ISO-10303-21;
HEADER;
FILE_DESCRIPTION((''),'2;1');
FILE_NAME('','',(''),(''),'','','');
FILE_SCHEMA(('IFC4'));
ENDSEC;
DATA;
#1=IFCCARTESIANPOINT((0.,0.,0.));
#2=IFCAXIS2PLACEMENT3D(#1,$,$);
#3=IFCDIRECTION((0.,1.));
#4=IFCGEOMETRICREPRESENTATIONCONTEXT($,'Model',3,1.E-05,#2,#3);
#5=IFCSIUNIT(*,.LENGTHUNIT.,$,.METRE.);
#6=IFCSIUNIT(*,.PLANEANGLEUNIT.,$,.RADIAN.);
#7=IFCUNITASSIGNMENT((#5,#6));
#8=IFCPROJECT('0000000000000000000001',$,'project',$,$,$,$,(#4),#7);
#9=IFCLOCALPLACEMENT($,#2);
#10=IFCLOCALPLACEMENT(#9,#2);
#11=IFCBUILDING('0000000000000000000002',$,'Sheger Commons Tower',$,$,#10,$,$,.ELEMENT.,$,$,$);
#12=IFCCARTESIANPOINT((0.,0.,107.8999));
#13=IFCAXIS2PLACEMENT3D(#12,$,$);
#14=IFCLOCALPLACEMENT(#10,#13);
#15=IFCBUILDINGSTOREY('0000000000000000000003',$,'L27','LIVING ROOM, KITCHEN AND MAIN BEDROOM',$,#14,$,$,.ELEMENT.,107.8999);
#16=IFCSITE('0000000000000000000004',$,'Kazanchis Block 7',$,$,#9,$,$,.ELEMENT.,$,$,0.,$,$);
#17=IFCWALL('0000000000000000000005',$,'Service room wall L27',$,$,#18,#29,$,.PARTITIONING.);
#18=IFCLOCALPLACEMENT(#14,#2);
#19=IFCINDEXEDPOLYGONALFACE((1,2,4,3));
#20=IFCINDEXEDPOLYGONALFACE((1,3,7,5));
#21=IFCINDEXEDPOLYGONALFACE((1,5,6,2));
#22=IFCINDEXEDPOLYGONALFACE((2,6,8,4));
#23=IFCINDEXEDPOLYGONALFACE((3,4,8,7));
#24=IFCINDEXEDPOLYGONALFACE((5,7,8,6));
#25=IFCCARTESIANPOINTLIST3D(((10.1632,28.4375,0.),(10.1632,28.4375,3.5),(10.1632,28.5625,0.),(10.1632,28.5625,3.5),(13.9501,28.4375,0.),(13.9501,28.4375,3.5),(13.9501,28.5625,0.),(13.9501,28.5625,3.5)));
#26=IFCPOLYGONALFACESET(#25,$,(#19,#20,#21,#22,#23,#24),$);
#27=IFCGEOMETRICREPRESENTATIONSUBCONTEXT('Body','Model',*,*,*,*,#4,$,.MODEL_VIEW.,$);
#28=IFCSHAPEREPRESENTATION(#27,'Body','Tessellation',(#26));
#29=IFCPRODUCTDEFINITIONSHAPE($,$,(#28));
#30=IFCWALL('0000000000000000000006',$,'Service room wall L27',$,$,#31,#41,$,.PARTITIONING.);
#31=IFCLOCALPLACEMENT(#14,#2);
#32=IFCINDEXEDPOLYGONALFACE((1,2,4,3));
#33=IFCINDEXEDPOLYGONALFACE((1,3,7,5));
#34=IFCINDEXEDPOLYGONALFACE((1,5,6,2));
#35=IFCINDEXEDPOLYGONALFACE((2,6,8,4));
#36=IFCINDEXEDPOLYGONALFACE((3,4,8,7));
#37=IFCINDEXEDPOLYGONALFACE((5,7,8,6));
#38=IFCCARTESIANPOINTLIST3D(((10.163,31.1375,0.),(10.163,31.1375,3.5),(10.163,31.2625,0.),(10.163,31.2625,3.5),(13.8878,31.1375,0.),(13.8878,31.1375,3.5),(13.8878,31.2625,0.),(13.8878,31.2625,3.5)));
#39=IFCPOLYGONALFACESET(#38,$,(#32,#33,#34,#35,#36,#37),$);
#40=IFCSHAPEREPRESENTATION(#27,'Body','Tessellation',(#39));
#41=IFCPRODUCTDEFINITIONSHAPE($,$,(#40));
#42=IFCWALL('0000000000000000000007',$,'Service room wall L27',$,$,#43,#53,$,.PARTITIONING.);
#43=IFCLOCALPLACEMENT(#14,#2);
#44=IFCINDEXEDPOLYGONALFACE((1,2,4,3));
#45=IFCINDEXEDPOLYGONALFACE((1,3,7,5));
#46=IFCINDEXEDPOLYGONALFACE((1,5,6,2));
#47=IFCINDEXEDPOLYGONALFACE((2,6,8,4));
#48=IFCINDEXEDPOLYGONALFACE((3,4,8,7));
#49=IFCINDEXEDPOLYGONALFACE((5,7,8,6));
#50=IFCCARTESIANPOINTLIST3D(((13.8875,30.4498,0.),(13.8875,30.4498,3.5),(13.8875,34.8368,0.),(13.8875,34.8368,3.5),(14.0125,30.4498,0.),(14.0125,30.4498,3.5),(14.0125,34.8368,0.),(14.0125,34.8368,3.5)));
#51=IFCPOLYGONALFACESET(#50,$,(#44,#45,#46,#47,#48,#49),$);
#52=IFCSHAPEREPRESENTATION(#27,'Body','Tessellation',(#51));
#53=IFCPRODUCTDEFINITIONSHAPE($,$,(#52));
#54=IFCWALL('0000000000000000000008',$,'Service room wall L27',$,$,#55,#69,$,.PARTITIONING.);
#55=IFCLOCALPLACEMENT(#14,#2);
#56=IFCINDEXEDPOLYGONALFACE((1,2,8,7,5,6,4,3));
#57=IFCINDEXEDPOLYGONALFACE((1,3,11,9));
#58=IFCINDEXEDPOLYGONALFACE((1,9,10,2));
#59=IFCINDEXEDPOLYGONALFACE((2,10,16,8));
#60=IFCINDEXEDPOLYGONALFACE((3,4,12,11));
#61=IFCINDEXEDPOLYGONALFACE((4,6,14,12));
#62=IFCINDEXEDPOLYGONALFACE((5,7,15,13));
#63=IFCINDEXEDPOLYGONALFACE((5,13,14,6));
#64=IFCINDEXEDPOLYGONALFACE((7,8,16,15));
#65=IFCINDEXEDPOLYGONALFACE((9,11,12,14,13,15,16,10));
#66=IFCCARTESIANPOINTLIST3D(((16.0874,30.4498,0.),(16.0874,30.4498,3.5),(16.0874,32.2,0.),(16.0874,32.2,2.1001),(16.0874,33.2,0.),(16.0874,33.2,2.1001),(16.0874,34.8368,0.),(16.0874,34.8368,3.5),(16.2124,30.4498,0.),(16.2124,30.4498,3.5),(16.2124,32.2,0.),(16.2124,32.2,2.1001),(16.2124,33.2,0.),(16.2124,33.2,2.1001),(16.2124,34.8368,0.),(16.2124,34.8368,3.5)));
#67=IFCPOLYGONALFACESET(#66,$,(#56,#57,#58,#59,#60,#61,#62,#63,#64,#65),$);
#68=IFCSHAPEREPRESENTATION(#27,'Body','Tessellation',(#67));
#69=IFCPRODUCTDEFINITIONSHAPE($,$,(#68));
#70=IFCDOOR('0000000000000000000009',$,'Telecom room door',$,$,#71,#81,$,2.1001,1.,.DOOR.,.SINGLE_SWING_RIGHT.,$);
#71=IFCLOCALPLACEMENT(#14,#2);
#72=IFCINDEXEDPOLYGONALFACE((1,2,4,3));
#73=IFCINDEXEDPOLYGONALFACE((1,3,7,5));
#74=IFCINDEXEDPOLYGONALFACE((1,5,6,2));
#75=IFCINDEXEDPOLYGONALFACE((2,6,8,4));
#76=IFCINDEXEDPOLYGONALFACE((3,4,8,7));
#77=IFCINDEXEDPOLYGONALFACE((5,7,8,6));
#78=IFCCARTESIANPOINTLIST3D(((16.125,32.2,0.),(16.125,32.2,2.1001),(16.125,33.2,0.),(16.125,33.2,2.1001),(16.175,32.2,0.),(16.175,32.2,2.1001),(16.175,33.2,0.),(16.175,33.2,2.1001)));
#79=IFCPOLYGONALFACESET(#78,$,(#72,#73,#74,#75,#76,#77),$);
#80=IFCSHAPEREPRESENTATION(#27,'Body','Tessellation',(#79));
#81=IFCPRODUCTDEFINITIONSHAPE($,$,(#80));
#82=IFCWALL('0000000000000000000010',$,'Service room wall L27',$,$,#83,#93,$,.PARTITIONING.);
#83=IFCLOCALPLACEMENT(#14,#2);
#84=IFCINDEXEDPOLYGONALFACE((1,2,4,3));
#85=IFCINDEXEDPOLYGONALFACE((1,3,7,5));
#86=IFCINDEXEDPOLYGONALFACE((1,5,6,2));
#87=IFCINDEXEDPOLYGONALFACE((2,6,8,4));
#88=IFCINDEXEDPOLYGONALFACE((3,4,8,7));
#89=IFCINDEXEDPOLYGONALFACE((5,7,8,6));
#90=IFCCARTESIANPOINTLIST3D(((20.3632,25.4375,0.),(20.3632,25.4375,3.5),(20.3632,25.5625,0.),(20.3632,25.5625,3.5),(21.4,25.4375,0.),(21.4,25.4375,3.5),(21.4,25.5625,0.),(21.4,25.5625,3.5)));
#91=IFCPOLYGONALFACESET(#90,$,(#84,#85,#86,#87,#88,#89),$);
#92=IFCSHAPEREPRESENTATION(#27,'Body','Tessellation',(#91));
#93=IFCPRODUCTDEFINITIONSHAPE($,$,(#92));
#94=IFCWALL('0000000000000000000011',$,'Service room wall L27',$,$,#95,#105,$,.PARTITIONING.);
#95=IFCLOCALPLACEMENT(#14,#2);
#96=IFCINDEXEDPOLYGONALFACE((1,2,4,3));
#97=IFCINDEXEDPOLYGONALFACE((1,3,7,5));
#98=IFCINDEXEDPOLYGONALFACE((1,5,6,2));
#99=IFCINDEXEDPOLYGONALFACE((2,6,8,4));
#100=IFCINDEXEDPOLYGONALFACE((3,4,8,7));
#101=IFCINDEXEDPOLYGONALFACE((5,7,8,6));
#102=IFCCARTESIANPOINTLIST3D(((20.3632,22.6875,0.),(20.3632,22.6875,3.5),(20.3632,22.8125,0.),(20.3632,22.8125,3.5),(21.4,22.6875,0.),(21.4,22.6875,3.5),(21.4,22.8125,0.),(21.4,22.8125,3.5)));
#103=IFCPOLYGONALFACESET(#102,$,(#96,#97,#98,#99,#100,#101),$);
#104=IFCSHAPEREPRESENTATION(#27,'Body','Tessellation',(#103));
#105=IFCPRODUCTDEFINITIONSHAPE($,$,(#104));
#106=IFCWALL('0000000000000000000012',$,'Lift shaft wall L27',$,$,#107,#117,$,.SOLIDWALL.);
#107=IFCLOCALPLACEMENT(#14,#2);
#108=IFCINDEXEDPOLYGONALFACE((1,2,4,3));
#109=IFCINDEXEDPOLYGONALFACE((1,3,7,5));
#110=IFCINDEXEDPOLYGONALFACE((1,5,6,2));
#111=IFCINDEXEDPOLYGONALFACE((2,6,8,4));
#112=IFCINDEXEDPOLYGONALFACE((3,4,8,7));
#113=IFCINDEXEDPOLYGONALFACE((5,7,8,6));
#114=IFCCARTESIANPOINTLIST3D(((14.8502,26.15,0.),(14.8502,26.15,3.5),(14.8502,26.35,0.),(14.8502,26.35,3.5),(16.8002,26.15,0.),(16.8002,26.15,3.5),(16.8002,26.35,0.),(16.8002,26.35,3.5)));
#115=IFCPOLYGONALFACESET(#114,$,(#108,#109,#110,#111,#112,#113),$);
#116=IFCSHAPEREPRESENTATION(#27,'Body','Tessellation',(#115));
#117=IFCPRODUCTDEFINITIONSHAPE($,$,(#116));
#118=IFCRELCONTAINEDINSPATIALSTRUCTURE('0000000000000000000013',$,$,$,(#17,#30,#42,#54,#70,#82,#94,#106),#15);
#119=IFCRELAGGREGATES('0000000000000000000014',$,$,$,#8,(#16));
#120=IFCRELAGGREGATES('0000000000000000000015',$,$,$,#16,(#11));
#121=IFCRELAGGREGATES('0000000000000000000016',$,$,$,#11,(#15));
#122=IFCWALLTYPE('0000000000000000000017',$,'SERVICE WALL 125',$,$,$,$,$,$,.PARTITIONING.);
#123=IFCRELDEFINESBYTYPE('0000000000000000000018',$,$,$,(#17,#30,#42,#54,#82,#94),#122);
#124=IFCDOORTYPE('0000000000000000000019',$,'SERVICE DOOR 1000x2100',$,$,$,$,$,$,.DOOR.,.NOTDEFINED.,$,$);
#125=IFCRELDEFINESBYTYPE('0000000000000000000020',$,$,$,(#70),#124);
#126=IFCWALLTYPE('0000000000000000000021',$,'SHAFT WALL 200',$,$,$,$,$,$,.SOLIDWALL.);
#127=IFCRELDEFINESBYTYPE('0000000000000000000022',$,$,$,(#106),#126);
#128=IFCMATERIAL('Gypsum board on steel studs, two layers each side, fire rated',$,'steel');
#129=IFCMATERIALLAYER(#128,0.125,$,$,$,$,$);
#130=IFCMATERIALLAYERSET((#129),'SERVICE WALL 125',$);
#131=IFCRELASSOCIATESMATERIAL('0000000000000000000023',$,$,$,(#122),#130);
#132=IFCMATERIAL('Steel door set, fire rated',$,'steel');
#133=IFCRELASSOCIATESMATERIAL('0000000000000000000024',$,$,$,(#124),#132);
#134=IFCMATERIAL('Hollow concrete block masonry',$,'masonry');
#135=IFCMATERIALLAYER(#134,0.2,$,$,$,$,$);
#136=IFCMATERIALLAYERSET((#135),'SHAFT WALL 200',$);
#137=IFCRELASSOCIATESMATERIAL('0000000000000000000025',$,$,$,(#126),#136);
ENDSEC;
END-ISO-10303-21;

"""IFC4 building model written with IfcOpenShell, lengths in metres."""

from ifc_helpers import new_model, si_unit, direction, frame, frame_2d, origin, place, context, subcontext, project, spatial, rectangle, extrude, material, layer, layer_set, type_object, element, fill, save


model = new_model("IFC4")

# Units and contexts
model_context = context("Model", 3, precision=1e-05, world=origin(), true_north=direction((0.0, 1.0)))
body_context = subcontext(model_context, "Body", "Model", "MODEL_VIEW")
ifc_project = project(units=[si_unit("LENGTHUNIT", "METRE"), si_unit("PLANEANGLEUNIT", "RADIAN")], contexts=[model_context])

# Site, building, storey
site_placement = place(None, origin())
site = spatial("IfcSite", under=ifc_project, at=site_placement, Name="Kazanchis Block 7", CompositionType="ELEMENT", RefElevation=0.0)
building_placement = place(site_placement, origin())
building = spatial("IfcBuilding", under=site, at=building_placement, Name="Sheger Commons Tower", CompositionType="ELEMENT")
storey_placement = place(building_placement, frame((0.0, 0.0, 107.8999)))
storey = spatial("IfcBuildingStorey", under=building, at=storey_placement, Name="L27", Description="LIVING ROOM, KITCHEN AND MAIN BEDROOM", CompositionType="ELEMENT", Elevation=107.8999)

# Shared definitions
ifc_material_1 = material(Name="Gypsum board on steel studs, two layers each side, fire rated", Category="steel")
ifc_layer_1 = layer(ifc_material_1, 0.125)
ifc_layer_set_1 = layer_set([ifc_layer_1], Name="SERVICE WALL 125")
wall_type_1 = type_object("IfcWallType", Name="SERVICE WALL 125", PredefinedType="PARTITIONING", material=ifc_layer_set_1)
ifc_material_2 = material(Name="Steel door set, fire rated", Category="steel")
door_type_1 = type_object("IfcDoorType", Name="SERVICE DOOR 1000x2100", OperationType="NOTDEFINED", PredefinedType="DOOR", material=ifc_material_2)

# Walls
wall_1_placement = place(storey_placement, frame((10.1631, 28.5, 0.0), z_axis=(0.0, 0.0, 1.0), x_axis=(1.0, 0.0, 0.0)))
element("IfcWall", 1, at=wall_1_placement, inside=storey, type_object=wall_type_1, Name="Service room wall L27", PredefinedType="PARTITIONING", context=body_context, shape_type="SweptSolid", body=[
    extrude(rectangle(XDim=3.7869, YDim=0.125, at=frame_2d((1.8936, 0.0))), origin(), (0.0, 0.0, 1.0), 3.5),
])
wall_2_placement = place(storey_placement, frame((10.1631, 31.2, 0.0), z_axis=(0.0, 0.0, 1.0), x_axis=(1.0, 0.0, 0.0)))
element("IfcWall", 2, at=wall_2_placement, inside=storey, type_object=wall_type_1, Name="Service room wall L27", PredefinedType="PARTITIONING", context=body_context, shape_type="SweptSolid", body=[
    extrude(rectangle(XDim=3.7249, YDim=0.125, at=frame_2d((1.8623, 0.0))), origin(), (0.0, 0.0, 1.0), 3.5),
])
wall_3_placement = place(storey_placement, frame((13.95, 30.45, 0.0), z_axis=(0.0, 0.0, 1.0), x_axis=(0.0, 1.0, 0.0)))
element("IfcWall", 3, at=wall_3_placement, inside=storey, type_object=wall_type_1, Name="Service room wall L27", PredefinedType="PARTITIONING", context=body_context, shape_type="SweptSolid", body=[
    extrude(rectangle(XDim=4.387, YDim=0.125, at=frame_2d((2.1934, 0.0))), origin(), (0.0, 0.0, 1.0), 3.5),
])

# Wall, opening, door
wall_4_placement = place(storey_placement, frame((16.1499, 30.45, 0.0), z_axis=(0.0, 0.0, 1.0), x_axis=(0.0, 1.0, 0.0)))
wall_4 = element("IfcWall", 4, at=wall_4_placement, inside=storey, type_object=wall_type_1, Name="Service room wall L27", PredefinedType="PARTITIONING", context=body_context, shape_type="SweptSolid", body=[
    extrude(rectangle(XDim=4.387, YDim=0.125, at=frame_2d((2.1934, 0.0))), origin(), (0.0, 0.0, 1.0), 3.5),
])
opening_1_placement = place(wall_4_placement, frame((1.75, 0.0, 0.0)))
opening_1 = element("IfcOpeningElement", 5, at=opening_1_placement, cuts=wall_4, PredefinedType="OPENING", context=body_context, shape_type="SweptSolid", body=[
    extrude(rectangle(XDim=1.0, YDim=2.1001, at=frame_2d((0.5, 1.05))), frame((0.0, 0.0725, 0.0), z_axis=(0.0, -1.0, 0.0), x_axis=(1.0, 0.0, 0.0)), (0.0, 0.0, 1.0), 0.145),
])
door_1_placement = place(opening_1_placement, origin())
door_1 = element("IfcDoor", 6, at=door_1_placement, inside=storey, type_object=door_type_1, Name="Telecom room door", OperationType="SINGLE_SWING_RIGHT", OverallHeight=2.1001, OverallWidth=1.0, PredefinedType="DOOR", context=body_context, shape_type="SweptSolid", body=[
    extrude(rectangle(XDim=1.0, YDim=2.1001, at=frame_2d((0.5, 1.05))), frame((0.0, 0.0249, 0.0), z_axis=(0.0, -1.0, 0.0), x_axis=(1.0, 0.0, 0.0)), (0.0, 0.0, 1.0), 0.05),
])
fill(opening_1, door_1)

# Walls
for number, where, z_axis, x_axis, name in (
    (7, (20.363, 25.5, 0.0), (0.0, 0.0, 1.0), (1.0, 0.0, 0.0), "Service room wall L27"),
    (8, (20.363, 22.75, 0.0), (0.0, 0.0, 1.0), (1.0, 0.0, 0.0), "Service room wall L27"),
):
    element("IfcWall", number, at=place(storey_placement, frame(where, z_axis=z_axis, x_axis=x_axis)), inside=storey, type_object=wall_type_1, Name=name, PredefinedType="PARTITIONING", context=body_context, shape_type="SweptSolid", body=[
        extrude(rectangle(XDim=1.0369, YDim=0.125, at=frame_2d((0.5186, 0.0))), origin(), (0.0, 0.0, 1.0), 3.5),
    ])
ifc_material_3 = material(Name="Hollow concrete block masonry", Category="masonry")
ifc_layer_2 = layer(ifc_material_3, 0.2)
ifc_layer_set_2 = layer_set([ifc_layer_2], Name="SHAFT WALL 200")
wall_type_2 = type_object("IfcWallType", Name="SHAFT WALL 200", PredefinedType="SOLIDWALL", material=ifc_layer_set_2)
wall_5_placement = place(storey_placement, frame((14.8501, 26.25, 0.0), z_axis=(0.0, 0.0, 1.0), x_axis=(1.0, 0.0, 0.0)))
element("IfcWall", 9, at=wall_5_placement, inside=storey, type_object=wall_type_2, Name="Lift shaft wall L27", PredefinedType="SOLIDWALL", context=body_context, shape_type="SweptSolid", body=[
    extrude(rectangle(XDim=1.95, YDim=0.2, at=frame_2d((0.9751, 0.0))), origin(), (0.0, 0.0, 1.0), 3.5),
])

save(model, "model.ifc")
